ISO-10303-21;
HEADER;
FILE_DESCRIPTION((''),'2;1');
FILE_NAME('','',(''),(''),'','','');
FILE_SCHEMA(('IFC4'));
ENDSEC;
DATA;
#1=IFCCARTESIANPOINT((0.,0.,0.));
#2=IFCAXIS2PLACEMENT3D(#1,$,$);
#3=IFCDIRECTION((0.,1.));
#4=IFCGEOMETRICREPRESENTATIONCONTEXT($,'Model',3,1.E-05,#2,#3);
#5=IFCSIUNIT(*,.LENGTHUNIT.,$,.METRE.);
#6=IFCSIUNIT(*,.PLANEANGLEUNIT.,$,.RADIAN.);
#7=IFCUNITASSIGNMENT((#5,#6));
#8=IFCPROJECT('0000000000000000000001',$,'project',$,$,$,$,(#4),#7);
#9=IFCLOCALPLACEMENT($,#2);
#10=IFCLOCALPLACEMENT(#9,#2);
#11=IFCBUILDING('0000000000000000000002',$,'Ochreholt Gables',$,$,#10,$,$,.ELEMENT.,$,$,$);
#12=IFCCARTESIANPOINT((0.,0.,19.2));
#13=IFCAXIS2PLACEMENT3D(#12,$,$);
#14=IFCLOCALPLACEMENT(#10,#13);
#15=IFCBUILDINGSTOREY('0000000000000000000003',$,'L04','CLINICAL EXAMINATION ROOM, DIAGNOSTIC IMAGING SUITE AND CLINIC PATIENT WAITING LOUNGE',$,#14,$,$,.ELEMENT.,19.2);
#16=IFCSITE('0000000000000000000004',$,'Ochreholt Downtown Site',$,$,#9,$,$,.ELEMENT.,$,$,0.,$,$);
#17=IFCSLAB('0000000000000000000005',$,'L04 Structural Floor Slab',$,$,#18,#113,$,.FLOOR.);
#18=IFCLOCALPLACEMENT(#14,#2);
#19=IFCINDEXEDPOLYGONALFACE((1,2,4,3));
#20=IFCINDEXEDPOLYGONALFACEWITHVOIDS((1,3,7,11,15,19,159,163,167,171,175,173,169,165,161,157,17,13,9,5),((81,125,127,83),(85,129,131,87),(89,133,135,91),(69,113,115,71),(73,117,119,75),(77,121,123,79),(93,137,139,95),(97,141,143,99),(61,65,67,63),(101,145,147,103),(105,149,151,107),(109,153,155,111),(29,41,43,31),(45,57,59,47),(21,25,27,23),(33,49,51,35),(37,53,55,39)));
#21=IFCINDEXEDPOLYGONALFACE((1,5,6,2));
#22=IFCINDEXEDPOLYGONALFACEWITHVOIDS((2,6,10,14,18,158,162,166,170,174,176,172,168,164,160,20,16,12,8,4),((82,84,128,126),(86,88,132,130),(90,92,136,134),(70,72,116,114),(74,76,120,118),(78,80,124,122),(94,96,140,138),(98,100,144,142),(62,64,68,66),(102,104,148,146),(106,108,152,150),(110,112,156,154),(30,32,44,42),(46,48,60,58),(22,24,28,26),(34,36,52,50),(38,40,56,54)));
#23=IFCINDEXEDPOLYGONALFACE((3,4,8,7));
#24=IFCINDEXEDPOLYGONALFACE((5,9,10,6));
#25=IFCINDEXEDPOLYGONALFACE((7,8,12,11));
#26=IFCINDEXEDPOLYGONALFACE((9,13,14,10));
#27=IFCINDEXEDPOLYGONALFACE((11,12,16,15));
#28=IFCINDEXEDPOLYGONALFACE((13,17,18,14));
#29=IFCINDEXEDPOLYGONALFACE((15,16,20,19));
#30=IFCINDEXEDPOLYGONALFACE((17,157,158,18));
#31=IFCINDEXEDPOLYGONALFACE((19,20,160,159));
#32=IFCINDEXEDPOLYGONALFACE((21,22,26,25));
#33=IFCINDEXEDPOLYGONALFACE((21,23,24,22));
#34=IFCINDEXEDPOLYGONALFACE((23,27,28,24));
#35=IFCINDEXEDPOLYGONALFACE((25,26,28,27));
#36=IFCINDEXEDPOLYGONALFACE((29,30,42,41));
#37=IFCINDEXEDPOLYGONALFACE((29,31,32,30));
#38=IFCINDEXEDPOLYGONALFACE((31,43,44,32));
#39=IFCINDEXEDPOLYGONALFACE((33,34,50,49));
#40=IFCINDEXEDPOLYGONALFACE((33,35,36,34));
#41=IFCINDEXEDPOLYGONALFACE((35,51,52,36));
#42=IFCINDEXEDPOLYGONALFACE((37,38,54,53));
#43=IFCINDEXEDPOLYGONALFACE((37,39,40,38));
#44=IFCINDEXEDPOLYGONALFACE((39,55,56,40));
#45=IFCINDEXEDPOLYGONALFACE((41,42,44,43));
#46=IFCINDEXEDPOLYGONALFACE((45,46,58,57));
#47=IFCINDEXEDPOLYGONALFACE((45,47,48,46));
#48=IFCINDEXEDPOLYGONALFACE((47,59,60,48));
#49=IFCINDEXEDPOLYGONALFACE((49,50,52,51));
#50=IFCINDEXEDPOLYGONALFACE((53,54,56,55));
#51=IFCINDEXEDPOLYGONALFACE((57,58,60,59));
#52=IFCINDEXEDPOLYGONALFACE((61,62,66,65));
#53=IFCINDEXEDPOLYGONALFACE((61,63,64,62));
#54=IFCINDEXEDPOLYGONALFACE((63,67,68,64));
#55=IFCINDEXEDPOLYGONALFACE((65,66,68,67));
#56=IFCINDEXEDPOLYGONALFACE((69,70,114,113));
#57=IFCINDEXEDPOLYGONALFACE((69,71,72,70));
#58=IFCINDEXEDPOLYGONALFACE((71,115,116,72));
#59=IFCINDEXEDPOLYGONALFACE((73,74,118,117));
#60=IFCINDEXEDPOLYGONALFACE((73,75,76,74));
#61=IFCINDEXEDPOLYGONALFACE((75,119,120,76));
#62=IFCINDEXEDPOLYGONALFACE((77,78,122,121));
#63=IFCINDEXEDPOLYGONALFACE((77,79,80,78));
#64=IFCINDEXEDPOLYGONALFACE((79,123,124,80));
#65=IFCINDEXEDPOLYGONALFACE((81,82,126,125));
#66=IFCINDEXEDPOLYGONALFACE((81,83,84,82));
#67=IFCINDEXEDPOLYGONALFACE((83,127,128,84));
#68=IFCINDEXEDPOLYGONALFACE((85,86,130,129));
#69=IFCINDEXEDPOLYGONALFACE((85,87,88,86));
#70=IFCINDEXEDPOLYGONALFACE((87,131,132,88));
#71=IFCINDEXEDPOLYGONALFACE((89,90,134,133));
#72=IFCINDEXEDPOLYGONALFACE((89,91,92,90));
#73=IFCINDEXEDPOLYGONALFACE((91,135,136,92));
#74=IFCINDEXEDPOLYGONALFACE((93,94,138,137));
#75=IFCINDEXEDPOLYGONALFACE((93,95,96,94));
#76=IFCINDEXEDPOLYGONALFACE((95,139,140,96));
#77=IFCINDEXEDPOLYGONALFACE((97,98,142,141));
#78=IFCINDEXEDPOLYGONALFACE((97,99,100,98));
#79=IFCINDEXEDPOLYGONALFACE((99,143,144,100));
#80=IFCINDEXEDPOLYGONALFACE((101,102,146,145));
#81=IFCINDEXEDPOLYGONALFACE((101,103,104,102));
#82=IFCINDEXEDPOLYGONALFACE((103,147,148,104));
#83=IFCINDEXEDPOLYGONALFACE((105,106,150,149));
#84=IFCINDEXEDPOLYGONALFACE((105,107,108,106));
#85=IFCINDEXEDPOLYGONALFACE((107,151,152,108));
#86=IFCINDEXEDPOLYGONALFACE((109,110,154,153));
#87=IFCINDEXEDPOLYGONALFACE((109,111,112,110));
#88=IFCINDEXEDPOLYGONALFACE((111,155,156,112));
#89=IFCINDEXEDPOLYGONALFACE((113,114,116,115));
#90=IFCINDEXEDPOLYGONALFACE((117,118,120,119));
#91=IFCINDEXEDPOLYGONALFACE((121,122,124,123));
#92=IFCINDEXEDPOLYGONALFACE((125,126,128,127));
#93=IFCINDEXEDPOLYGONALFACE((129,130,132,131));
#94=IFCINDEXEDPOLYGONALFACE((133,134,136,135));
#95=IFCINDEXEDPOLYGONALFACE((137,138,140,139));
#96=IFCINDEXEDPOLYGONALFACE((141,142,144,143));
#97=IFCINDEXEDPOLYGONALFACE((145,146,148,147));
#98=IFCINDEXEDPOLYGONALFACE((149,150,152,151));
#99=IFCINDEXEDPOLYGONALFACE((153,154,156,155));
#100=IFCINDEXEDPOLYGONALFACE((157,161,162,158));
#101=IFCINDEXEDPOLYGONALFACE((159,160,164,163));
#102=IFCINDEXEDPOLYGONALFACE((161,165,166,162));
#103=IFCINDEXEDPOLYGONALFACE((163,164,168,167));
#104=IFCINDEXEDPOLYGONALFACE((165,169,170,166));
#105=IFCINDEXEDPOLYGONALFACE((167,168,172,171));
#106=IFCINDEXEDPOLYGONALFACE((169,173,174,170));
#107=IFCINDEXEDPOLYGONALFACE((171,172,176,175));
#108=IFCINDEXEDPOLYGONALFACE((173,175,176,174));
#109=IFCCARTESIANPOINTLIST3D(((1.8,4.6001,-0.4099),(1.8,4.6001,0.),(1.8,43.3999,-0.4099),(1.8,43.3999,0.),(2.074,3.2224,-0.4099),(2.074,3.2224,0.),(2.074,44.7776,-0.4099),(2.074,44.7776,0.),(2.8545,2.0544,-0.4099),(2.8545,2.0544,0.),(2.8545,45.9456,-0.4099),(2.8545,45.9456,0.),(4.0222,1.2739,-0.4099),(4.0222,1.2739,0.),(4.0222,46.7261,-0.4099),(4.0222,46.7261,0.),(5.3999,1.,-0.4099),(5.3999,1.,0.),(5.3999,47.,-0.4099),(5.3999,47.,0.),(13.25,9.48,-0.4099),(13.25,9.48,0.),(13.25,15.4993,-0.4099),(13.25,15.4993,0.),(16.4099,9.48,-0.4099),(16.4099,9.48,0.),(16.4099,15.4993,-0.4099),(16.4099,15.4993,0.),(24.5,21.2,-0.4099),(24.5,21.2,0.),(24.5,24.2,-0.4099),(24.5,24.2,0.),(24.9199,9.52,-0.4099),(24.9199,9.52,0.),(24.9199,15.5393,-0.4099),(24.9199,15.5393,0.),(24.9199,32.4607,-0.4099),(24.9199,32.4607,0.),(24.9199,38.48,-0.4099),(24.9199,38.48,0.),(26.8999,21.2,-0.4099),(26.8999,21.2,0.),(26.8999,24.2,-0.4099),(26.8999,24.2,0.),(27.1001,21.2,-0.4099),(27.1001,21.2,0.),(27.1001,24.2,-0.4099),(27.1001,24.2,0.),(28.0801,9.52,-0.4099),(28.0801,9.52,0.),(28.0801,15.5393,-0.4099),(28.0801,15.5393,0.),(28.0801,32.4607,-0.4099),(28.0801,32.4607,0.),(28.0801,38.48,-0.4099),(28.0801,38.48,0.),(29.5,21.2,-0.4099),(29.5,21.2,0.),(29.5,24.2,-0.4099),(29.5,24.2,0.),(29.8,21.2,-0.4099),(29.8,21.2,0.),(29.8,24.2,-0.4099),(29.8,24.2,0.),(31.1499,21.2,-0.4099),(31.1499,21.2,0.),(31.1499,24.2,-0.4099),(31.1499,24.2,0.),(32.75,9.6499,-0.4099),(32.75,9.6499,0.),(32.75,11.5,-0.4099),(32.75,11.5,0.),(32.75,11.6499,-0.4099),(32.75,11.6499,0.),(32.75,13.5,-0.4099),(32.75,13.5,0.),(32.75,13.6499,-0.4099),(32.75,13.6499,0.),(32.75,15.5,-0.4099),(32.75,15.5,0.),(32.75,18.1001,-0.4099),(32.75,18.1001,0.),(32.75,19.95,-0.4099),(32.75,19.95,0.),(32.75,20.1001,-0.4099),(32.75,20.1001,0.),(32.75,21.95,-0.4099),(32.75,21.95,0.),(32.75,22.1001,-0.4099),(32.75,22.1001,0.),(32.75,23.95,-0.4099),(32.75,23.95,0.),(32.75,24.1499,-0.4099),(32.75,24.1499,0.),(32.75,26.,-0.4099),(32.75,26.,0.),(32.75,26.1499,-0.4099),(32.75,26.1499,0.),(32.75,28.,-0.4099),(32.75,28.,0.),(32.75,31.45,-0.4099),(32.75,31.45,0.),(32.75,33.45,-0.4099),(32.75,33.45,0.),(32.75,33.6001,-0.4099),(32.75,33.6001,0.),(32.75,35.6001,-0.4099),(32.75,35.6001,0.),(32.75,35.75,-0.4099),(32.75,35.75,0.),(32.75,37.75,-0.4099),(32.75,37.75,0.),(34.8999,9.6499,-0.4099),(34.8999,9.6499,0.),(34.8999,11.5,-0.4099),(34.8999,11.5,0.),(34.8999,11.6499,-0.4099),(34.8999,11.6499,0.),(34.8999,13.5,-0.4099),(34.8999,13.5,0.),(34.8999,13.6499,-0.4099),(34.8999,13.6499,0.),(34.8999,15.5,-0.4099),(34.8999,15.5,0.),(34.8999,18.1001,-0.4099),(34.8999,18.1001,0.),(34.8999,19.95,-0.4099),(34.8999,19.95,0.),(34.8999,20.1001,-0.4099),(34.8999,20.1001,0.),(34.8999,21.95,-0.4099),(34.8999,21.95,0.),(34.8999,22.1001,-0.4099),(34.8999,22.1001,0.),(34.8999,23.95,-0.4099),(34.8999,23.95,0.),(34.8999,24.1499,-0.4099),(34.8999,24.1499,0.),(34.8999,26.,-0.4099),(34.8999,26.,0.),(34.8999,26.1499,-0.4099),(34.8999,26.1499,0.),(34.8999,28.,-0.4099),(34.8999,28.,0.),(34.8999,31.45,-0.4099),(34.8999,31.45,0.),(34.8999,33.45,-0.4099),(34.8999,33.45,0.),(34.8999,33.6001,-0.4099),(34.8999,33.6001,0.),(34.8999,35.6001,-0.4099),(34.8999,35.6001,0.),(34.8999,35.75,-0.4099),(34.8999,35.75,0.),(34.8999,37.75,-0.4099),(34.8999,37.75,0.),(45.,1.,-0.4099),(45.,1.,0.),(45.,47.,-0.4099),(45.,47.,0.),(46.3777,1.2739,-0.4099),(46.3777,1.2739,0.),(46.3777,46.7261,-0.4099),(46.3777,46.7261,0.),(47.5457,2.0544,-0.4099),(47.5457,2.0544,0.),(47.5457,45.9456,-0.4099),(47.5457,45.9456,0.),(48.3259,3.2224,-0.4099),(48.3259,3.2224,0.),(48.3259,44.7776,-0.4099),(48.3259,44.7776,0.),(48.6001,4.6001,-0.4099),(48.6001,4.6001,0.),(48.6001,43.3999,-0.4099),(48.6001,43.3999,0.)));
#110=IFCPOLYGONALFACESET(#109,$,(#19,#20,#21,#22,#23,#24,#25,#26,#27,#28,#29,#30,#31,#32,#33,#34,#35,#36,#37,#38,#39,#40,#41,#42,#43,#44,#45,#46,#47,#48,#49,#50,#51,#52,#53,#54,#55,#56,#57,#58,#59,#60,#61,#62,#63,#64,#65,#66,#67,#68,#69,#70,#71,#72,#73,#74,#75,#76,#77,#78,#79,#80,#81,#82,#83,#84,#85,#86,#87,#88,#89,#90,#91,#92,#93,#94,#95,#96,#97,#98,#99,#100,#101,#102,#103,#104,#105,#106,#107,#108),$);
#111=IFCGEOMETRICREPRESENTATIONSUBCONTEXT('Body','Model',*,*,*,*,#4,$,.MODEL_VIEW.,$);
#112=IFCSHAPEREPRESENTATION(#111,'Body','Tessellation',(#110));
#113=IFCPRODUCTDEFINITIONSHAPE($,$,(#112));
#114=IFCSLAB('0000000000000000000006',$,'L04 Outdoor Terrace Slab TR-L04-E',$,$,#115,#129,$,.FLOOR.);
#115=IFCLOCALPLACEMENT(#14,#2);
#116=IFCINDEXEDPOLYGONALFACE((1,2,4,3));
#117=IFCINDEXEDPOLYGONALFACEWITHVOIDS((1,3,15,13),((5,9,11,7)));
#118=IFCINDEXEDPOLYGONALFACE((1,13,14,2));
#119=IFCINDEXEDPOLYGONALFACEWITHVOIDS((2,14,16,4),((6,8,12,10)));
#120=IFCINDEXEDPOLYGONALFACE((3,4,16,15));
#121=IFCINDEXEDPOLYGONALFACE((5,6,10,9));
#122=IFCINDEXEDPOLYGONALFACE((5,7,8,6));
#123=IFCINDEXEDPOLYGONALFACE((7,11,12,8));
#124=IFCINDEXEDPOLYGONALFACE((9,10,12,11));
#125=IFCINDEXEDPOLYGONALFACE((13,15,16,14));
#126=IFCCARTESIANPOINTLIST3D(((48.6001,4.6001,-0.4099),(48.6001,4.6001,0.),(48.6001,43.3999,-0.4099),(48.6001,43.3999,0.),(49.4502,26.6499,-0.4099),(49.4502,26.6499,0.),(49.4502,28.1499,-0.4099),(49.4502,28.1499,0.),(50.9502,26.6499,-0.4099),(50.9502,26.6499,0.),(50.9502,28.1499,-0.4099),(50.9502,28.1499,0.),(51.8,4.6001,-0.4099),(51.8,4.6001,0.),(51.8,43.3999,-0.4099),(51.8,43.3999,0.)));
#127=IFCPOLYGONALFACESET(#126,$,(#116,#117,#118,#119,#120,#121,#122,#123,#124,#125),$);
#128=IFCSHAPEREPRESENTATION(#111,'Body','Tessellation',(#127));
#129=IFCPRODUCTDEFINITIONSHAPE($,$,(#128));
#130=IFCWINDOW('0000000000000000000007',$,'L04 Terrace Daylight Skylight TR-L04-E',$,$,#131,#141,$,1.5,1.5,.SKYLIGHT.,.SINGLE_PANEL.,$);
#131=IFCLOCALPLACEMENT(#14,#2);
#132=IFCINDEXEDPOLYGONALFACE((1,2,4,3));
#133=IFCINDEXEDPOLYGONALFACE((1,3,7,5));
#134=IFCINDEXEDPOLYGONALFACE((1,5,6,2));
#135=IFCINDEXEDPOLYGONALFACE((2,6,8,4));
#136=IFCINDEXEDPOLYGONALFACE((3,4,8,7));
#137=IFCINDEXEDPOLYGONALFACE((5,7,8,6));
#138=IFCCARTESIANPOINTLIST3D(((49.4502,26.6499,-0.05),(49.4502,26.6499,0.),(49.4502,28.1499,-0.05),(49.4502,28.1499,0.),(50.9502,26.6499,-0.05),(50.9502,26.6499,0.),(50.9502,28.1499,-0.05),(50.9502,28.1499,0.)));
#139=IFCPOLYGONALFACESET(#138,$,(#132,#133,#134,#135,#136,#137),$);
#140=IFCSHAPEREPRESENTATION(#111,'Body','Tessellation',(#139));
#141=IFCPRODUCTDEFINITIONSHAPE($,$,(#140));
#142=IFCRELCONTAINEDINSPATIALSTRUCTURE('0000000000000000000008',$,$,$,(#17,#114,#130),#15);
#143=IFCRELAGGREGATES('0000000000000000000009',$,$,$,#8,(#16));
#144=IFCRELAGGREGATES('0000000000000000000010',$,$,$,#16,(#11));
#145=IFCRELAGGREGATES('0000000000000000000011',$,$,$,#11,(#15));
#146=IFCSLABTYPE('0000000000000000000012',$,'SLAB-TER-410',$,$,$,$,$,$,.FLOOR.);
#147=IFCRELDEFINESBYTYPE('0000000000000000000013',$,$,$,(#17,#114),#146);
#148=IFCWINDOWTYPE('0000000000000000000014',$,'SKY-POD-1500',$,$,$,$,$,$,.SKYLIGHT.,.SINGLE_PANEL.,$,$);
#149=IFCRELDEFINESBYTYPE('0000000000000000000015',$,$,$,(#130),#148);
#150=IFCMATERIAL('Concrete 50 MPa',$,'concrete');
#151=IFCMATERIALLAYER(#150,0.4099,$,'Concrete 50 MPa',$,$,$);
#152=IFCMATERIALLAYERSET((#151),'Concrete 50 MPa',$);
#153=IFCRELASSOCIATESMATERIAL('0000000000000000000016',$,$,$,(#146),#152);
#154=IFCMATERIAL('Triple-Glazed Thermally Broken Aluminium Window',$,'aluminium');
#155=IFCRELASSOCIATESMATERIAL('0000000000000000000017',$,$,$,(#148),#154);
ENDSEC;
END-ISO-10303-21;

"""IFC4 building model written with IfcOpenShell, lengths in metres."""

from ifc_helpers import new_model, si_unit, direction, frame, origin, origin_2d, place, context, subcontext, project, spatial, polyline, rectangle, outline, extrude, material, layer, layer_set, type_object, element, fill, save


model = new_model("IFC4")

# Units and contexts
model_context = context("Model", 3, precision=1e-05, world=origin(), true_north=direction((0.0, 1.0)))
body_context = subcontext(model_context, "Body", "Model", "MODEL_VIEW")
ifc_project = project(units=[si_unit("LENGTHUNIT", "METRE"), si_unit("PLANEANGLEUNIT", "RADIAN")], contexts=[model_context])

# Site, building, storey
site_placement = place(None, origin())
site = spatial("IfcSite", under=ifc_project, at=site_placement, Name="Ochreholt Downtown Site", CompositionType="ELEMENT", RefElevation=0.0)
building_placement = place(site_placement, origin())
building = spatial("IfcBuilding", under=site, at=building_placement, Name="Ochreholt Gables", CompositionType="ELEMENT")
storey_placement = place(building_placement, frame((0.0, 0.0, 19.2)))
storey = spatial("IfcBuildingStorey", under=building, at=storey_placement, Name="L04", Description="CLINICAL EXAMINATION ROOM, DIAGNOSTIC IMAGING SUITE AND CLINIC PATIENT WAITING LOUNGE", CompositionType="ELEMENT", Elevation=19.2)

# Slab
ifc_material_1 = material(Name="Concrete 50 MPa", Category="concrete")
ifc_layer_1 = layer(ifc_material_1, 0.4099, Name="Concrete 50 MPa")
ifc_layer_set_1 = layer_set([ifc_layer_1], Name="Concrete 50 MPa")
slab_type_1 = type_object("IfcSlabType", Name="SLAB-TER-410", PredefinedType="FLOOR", material=ifc_layer_set_1)
slab_1_placement = place(storey_placement, frame((0.0, 0.0, -0.4099)))
element("IfcSlab", 1, at=slab_1_placement, inside=storey, type_object=slab_type_1, Name="L04 Structural Floor Slab", PredefinedType="FLOOR", context=body_context, shape_type="SweptSolid", body=[
    extrude(outline(polyline([(1.8, 4.6001), (2.074, 3.2224), (2.8545, 2.0544), (4.0222, 1.2739), (5.3999, 1.0), (45.0, 1.0), (46.3777, 1.2739), (47.5457, 2.0544), (48.3259, 3.2224), (48.6001, 4.6001), (48.6001, 43.3999), (48.3259, 44.7776), (47.5457, 45.9456), (46.3777, 46.7261), (45.0, 47.0), (5.3999, 47.0), (4.0222, 46.7261), (2.8545, 45.9456), (2.074, 44.7776), (1.8, 43.3999), (1.8, 4.6001)]), holes=[polyline([(24.9199, 15.5393), (24.9199, 9.52), (28.0801, 9.52), (28.0801, 15.5393), (24.9199, 15.5393)]), polyline([(28.0801, 32.4607), (28.0801, 38.48), (24.9199, 38.48), (24.9199, 32.4607), (28.0801, 32.4607)]), polyline([(13.25, 15.4993), (13.25, 9.48), (16.4099, 9.48), (16.4099, 15.4993), (13.25, 15.4993)]), polyline([(24.5, 21.2), (26.8999, 21.2), (26.8999, 24.2), (24.5, 24.2), (24.5, 21.2)]), polyline([(27.1001, 21.2), (29.5, 21.2), (29.5, 24.2), (27.1001, 24.2), (27.1001, 21.2)]), polyline([(32.75, 9.6499), (34.8999, 9.6499), (34.8999, 11.5), (32.75, 11.5), (32.75, 9.6499)]), polyline([(32.75, 11.6499), (34.8999, 11.6499), (34.8999, 13.5), (32.75, 13.5), (32.75, 11.6499)]), polyline([(32.75, 13.6499), (34.8999, 13.6499), (34.8999, 15.5), (32.75, 15.5), (32.75, 13.6499)]), polyline([(32.75, 18.1001), (34.8999, 18.1001), (34.8999, 19.95), (32.75, 19.95), (32.75, 18.1001)]), polyline([(32.75, 20.1001), (34.8999, 20.1001), (34.8999, 21.95), (32.75, 21.95), (32.75, 20.1001)]), polyline([(32.75, 22.1001), (34.8999, 22.1001), (34.8999, 23.95), (32.75, 23.95), (32.75, 22.1001)]), polyline([(32.75, 24.1499), (34.8999, 24.1499), (34.8999, 26.0), (32.75, 26.0), (32.75, 24.1499)]), polyline([(32.75, 26.1499), (34.8999, 26.1499), (34.8999, 28.0), (32.75, 28.0), (32.75, 26.1499)]), polyline([(32.75, 31.45), (34.8999, 31.45), (34.8999, 33.45), (32.75, 33.45), (32.75, 31.45)]), polyline([(32.75, 33.6001), (34.8999, 33.6001), (34.8999, 35.6001), (32.75, 35.6001), (32.75, 33.6001)]), polyline([(32.75, 35.75), (34.8999, 35.75), (34.8999, 37.75), (32.75, 37.75), (32.75, 35.75)]), polyline([(29.8, 21.2), (31.1499, 21.2), (31.1499, 24.2), (29.8, 24.2), (29.8, 21.2)])]), origin(), (0.0, 0.0, 1.0), 0.4099),
])

# Slab, opening, window
slab_2_placement = place(storey_placement, frame((0.0, 0.0, -0.4099)))
slab_2 = element("IfcSlab", 2, at=slab_2_placement, inside=storey, type_object=slab_type_1, Name="L04 Outdoor Terrace Slab TR-L04-E", PredefinedType="FLOOR", context=body_context, shape_type="SweptSolid", body=[
    extrude(outline(polyline([(48.6001, 4.6001), (51.8, 4.6001), (51.8, 43.3999), (48.6001, 43.3999), (48.6001, 4.6001)])), origin(), (0.0, 0.0, 1.0), 0.4099),
])
opening_1_placement = place(slab_2_placement, frame((50.2002, 27.3999, 0.0)))
opening_1 = element("IfcOpeningElement", 3, at=opening_1_placement, cuts=slab_2, PredefinedType="OPENING", context=body_context, shape_type="SweptSolid", body=[
    extrude(rectangle(XDim=1.5, YDim=1.5, at=origin_2d()), frame((0.0, 0.0, -0.01)), (0.0, 0.0, 1.0), 0.4299),
])
ifc_material_2 = material(Name="Triple-Glazed Thermally Broken Aluminium Window", Category="aluminium")
window_type_1 = type_object("IfcWindowType", Name="SKY-POD-1500", PartitioningType="SINGLE_PANEL", PredefinedType="SKYLIGHT", material=ifc_material_2)
window_1_placement = place(opening_1_placement, frame((0.0, 0.0, 0.3599)))
window_1 = element("IfcWindow", 4, at=window_1_placement, inside=storey, type_object=window_type_1, Name="L04 Terrace Daylight Skylight TR-L04-E", OverallHeight=1.5, OverallWidth=1.5, PartitioningType="SINGLE_PANEL", PredefinedType="SKYLIGHT", context=body_context, shape_type="SweptSolid", body=[
    extrude(rectangle(XDim=1.5, YDim=1.5, at=origin_2d()), origin(), (0.0, 0.0, 1.0), 0.05),
])
fill(opening_1, window_1)

save(model, "model.ifc")
